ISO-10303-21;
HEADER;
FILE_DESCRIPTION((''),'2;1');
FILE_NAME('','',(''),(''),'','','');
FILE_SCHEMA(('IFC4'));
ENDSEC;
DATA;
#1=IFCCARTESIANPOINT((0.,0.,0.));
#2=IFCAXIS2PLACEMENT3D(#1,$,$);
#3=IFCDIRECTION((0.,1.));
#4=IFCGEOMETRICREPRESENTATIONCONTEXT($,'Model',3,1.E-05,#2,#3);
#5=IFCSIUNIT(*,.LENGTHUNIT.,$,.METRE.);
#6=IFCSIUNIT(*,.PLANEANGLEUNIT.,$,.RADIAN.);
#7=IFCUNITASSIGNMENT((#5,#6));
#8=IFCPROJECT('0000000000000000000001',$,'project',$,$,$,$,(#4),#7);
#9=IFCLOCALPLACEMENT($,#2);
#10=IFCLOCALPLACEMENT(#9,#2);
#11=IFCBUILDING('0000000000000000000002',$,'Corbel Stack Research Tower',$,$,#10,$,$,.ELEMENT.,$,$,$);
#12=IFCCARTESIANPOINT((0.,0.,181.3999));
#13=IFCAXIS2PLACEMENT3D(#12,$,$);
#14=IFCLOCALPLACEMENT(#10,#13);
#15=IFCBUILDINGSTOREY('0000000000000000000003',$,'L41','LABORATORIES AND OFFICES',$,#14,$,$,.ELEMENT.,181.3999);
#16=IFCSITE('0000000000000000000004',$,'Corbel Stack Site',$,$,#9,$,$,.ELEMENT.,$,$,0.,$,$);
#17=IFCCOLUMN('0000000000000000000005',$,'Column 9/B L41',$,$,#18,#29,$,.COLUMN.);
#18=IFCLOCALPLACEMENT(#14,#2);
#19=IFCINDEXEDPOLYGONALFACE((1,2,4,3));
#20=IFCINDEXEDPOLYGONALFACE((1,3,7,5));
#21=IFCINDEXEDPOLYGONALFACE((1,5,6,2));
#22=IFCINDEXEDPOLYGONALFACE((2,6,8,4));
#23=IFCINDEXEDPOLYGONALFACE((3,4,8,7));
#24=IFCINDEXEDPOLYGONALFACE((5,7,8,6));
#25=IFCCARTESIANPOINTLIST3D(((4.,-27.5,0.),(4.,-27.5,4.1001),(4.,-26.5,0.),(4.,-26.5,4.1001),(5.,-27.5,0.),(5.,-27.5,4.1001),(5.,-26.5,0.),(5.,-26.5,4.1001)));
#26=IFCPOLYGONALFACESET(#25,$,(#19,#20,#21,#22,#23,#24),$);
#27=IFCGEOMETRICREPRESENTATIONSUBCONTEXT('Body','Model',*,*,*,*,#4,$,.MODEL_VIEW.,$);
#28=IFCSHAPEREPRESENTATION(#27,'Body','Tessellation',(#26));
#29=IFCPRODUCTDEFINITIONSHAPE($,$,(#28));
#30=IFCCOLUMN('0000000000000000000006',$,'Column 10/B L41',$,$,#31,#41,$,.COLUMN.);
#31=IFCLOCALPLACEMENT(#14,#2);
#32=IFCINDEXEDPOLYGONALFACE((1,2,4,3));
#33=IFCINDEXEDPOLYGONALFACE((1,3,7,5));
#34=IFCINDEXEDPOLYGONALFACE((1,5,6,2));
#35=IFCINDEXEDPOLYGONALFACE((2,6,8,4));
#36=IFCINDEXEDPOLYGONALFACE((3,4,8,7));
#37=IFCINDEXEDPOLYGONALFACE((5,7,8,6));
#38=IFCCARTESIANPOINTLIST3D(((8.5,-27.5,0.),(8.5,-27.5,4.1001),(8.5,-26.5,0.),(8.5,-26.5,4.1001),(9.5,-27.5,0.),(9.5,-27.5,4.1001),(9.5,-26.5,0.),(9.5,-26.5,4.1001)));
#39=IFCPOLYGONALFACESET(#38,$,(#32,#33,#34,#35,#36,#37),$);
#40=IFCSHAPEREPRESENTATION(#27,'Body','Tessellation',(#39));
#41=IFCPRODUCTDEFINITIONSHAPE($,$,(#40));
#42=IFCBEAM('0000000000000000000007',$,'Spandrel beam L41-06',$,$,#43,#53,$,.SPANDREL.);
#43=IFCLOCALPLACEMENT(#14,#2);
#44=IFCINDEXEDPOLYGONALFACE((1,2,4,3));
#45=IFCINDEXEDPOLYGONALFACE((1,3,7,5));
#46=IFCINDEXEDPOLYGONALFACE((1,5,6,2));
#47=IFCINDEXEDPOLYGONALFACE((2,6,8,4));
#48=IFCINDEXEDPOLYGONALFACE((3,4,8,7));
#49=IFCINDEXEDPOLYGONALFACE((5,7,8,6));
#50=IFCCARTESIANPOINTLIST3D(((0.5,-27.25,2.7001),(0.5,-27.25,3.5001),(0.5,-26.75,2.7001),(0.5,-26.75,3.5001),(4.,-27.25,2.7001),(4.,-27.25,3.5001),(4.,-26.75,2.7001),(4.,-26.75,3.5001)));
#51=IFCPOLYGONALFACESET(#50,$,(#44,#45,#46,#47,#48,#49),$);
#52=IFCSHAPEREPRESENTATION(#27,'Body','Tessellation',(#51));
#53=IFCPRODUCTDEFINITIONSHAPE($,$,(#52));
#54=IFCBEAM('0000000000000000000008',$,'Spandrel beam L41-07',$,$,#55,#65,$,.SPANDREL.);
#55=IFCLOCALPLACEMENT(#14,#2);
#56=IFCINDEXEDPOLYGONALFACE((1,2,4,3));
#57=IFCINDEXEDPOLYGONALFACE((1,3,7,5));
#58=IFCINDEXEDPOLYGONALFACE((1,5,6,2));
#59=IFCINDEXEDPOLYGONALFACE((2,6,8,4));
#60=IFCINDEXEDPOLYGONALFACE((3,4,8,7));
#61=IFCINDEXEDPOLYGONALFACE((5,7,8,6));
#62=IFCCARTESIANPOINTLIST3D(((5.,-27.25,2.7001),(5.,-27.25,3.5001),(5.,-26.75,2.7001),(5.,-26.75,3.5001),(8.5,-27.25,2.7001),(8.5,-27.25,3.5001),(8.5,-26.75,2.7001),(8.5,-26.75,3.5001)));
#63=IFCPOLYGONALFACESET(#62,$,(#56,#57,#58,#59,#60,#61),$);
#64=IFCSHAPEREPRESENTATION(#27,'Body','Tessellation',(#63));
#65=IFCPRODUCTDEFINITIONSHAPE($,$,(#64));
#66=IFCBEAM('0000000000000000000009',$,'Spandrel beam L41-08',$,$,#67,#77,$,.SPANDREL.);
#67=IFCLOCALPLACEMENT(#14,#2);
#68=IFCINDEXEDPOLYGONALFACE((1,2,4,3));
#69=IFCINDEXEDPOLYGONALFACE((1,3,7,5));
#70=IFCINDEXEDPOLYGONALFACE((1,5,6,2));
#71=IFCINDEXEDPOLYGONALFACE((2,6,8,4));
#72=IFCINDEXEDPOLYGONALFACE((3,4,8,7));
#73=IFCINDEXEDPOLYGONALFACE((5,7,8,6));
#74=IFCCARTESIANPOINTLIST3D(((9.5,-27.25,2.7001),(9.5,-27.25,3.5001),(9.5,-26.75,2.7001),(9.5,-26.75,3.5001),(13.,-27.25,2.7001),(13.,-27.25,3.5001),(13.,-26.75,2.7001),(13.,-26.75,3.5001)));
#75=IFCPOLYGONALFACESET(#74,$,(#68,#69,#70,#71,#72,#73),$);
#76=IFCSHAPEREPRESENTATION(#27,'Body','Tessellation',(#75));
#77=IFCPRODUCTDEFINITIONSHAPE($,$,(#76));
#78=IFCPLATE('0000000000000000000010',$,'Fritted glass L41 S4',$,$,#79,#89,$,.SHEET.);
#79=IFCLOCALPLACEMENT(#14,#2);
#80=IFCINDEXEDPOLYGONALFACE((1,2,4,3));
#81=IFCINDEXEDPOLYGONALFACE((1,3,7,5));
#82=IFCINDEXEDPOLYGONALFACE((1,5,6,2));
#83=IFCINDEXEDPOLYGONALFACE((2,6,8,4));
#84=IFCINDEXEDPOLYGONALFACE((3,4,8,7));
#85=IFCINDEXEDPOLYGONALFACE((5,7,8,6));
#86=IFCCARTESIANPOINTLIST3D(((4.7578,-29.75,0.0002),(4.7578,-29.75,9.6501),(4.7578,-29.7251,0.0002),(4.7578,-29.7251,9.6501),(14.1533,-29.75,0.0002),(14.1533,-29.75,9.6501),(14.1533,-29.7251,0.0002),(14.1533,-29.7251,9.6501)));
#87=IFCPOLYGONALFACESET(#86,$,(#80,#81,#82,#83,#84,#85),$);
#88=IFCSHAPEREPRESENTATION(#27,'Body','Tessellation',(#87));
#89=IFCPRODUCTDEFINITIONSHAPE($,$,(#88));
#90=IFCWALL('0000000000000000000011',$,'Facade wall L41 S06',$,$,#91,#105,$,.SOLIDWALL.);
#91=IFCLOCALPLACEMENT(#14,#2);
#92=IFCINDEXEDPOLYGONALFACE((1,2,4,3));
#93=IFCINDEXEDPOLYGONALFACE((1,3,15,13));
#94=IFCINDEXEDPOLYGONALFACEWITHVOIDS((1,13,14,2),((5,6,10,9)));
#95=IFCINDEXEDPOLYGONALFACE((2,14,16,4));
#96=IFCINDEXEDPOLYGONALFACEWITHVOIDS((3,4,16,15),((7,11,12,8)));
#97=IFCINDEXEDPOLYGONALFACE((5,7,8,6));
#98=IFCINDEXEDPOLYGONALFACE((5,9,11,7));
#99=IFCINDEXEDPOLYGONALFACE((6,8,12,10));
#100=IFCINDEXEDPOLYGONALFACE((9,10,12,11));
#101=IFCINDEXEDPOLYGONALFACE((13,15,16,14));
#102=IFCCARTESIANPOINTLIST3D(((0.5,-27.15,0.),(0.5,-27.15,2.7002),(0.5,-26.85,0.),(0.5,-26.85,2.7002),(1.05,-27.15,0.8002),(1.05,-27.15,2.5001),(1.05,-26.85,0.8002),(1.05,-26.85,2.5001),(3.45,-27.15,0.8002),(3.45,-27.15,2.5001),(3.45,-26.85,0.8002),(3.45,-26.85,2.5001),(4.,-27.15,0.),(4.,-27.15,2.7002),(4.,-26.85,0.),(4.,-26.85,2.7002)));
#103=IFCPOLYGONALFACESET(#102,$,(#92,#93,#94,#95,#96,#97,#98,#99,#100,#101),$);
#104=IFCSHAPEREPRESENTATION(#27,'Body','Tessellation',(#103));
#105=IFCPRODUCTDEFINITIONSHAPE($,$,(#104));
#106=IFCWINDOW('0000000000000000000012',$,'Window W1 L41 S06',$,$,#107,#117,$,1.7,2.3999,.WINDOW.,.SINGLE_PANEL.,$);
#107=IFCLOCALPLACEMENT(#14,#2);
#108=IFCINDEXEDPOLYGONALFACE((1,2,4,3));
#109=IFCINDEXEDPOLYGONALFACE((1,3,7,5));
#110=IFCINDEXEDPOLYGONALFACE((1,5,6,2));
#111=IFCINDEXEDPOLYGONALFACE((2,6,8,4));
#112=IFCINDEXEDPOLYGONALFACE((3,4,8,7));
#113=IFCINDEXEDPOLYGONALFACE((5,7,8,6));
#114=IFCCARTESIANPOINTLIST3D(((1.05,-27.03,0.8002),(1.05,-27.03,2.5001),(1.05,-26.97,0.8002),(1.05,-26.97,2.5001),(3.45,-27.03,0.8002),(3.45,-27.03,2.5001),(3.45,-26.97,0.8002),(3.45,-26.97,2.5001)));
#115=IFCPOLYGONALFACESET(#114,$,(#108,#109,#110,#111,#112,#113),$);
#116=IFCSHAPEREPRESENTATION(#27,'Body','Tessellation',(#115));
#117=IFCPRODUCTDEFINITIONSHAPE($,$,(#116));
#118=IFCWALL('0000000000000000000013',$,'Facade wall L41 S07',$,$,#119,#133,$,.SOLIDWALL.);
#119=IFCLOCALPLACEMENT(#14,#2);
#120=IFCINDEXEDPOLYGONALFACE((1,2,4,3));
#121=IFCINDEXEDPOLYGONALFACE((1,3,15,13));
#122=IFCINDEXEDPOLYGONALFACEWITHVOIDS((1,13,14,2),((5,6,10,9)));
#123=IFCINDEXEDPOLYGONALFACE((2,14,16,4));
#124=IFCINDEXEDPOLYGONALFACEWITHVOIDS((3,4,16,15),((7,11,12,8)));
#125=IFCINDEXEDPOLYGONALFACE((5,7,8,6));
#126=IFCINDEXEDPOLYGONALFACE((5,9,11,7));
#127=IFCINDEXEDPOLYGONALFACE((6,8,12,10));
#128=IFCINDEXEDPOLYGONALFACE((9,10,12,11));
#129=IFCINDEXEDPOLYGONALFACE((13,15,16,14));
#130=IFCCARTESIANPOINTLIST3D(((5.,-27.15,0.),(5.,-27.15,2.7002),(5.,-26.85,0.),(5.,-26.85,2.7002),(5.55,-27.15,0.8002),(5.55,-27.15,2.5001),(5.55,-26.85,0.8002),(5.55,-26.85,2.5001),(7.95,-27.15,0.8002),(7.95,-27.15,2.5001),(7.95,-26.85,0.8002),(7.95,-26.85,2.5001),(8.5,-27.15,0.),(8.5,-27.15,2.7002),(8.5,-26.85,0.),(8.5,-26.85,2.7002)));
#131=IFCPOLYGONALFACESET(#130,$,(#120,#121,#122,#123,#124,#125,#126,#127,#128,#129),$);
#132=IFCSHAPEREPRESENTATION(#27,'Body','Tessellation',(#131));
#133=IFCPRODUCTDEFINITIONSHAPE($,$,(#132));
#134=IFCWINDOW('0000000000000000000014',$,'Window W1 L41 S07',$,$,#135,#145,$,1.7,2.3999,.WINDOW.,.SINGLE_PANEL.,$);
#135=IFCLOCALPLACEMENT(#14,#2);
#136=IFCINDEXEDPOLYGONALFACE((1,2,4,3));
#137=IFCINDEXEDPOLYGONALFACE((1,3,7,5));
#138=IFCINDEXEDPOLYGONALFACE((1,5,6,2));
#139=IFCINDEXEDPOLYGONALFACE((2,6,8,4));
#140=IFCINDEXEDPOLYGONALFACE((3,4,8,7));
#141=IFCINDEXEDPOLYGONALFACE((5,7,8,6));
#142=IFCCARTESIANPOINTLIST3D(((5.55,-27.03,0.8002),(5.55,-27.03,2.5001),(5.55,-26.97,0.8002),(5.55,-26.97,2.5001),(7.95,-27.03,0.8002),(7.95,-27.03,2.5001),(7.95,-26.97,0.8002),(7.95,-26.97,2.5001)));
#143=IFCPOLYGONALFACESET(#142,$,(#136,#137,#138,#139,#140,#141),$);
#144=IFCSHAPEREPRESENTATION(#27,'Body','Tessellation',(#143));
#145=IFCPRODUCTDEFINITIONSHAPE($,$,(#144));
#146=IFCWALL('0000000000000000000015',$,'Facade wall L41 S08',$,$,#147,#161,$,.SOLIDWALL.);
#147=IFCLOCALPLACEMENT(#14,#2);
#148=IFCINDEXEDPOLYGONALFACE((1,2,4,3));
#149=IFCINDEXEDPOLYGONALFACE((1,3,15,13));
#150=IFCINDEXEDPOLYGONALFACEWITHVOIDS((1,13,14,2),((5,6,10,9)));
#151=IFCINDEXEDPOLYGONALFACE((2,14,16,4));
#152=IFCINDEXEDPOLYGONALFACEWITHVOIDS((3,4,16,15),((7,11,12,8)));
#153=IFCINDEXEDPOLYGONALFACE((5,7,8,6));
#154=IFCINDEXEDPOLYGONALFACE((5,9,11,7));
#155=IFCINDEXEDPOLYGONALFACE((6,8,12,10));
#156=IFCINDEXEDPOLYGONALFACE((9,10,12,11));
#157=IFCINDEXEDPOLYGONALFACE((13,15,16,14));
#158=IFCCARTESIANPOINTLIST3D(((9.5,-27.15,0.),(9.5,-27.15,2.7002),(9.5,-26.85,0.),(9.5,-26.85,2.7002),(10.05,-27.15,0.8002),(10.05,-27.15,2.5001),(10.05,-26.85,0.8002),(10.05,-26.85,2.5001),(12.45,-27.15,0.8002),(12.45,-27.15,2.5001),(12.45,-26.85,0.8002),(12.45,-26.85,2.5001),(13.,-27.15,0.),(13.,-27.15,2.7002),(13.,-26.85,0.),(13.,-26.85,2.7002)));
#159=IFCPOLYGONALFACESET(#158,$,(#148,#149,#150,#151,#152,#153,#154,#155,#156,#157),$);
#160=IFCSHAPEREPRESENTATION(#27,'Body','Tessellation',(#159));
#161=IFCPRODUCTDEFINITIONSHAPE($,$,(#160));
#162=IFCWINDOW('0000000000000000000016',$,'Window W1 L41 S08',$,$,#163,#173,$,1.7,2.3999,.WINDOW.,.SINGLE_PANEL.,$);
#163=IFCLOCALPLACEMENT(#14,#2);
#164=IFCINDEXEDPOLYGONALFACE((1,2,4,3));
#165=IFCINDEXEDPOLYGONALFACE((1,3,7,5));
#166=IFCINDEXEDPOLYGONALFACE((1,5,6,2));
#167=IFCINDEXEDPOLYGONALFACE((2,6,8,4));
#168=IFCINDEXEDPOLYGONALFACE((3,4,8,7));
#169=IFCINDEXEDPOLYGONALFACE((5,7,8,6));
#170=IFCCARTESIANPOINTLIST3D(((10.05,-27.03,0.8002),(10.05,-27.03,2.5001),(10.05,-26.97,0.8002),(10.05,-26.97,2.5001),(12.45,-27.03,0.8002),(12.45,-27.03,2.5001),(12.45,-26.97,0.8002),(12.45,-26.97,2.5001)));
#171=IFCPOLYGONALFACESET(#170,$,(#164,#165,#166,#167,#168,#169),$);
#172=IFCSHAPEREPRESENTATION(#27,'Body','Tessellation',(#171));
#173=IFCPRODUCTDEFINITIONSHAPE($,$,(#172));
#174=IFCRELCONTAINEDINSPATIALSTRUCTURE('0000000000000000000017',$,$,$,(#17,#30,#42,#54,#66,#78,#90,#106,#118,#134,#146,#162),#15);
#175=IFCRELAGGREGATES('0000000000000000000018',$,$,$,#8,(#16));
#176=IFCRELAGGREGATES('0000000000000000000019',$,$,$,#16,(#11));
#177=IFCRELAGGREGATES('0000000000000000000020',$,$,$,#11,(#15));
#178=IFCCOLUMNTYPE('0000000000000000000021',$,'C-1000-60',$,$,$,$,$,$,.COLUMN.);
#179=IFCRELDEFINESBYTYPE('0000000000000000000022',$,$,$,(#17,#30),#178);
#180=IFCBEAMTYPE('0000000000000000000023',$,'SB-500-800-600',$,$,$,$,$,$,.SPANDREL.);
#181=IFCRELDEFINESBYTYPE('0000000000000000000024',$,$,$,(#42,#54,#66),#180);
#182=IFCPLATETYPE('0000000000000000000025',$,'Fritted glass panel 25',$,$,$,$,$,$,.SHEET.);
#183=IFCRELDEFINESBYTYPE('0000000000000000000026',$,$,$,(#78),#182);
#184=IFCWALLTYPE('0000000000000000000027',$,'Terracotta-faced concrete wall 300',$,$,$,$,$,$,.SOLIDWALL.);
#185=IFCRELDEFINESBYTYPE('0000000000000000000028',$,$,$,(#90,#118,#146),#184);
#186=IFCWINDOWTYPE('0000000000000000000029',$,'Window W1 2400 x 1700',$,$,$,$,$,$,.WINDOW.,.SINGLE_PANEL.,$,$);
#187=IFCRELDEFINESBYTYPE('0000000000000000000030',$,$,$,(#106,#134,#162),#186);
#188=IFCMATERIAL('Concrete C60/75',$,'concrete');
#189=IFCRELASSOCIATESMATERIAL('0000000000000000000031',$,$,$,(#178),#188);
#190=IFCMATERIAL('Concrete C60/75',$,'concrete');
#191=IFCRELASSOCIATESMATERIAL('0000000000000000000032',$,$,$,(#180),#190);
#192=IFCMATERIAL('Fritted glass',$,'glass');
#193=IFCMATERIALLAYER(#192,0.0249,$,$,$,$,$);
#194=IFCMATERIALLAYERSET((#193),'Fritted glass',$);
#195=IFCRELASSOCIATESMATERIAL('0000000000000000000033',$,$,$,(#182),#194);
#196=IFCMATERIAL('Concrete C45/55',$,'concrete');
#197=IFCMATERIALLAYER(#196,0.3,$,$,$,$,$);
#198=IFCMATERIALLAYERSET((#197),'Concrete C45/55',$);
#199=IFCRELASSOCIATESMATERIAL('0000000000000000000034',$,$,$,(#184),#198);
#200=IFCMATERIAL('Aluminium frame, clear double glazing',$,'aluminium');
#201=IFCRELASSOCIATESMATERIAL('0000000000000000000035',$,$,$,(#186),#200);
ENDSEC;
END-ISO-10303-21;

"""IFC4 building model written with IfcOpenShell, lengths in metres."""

from ifc_helpers import new_model, si_unit, direction, frame, frame_2d, origin, origin_2d, place, context, subcontext, project, spatial, rectangle, extrude, material, layer, layer_set, material_profile, profile_set, type_object, element, fill, save


model = new_model("IFC4")

# Units and contexts
model_context = context("Model", 3, precision=1e-05, world=origin(), true_north=direction((0.0, 1.0)))
body_context = subcontext(model_context, "Body", "Model", "MODEL_VIEW")
ifc_project = project(units=[si_unit("LENGTHUNIT", "METRE"), si_unit("PLANEANGLEUNIT", "RADIAN")], contexts=[model_context])

# Site, building, storey
site_placement = place(None, origin())
site = spatial("IfcSite", under=ifc_project, at=site_placement, Name="Corbel Stack Site", CompositionType="ELEMENT", RefElevation=0.0)
building_placement = place(site_placement, origin())
building = spatial("IfcBuilding", under=site, at=building_placement, Name="Corbel Stack Research Tower", CompositionType="ELEMENT")
storey_placement = place(building_placement, frame((0.0, 0.0, 181.3999)))
storey = spatial("IfcBuildingStorey", under=building, at=storey_placement, Name="L41", Description="LABORATORIES AND OFFICES", CompositionType="ELEMENT", Elevation=181.3999)

# Columns
ifc_material_1 = material(Name="Concrete C60/75", Category="concrete")
ifc_material_profile_1 = material_profile(ifc_material_1, rectangle(XDim=1.0, YDim=1.0, at=origin_2d()), Name="RC 1000 x 1000")
ifc_profile_set_1 = profile_set([ifc_material_profile_1], Name="Concrete C60/75")
column_type = type_object("IfcColumnType", Name="C-1000-60", PredefinedType="COLUMN", material=ifc_profile_set_1)
for number, where, z_axis, x_axis, name in (
    (1, (4.5, -27.0, 0.0), (0.0, 0.0, 1.0), (1.0, 0.0, 0.0), "Column 9/B L41"),
    (2, (9.0, -27.0, 0.0), (0.0, 0.0, 1.0), (1.0, 0.0, 0.0), "Column 10/B L41"),
):
    element("IfcColumn", number, at=place(storey_placement, frame(where, z_axis=z_axis, x_axis=x_axis)), inside=storey, type_object=column_type, Name=name, PredefinedType="COLUMN", context=body_context, shape_type="SweptSolid", body=[
        extrude(rectangle(XDim=1.0, YDim=1.0, at=origin_2d()), origin(), (0.0, 0.0, 1.0), 4.1001),
    ])

# Beams
ifc_material_2 = material(Name="Concrete C60/75", Category="concrete")
ifc_material_profile_2 = material_profile(ifc_material_2, rectangle(XDim=0.5, YDim=0.8, at=origin_2d()), Name="RC 500 x 800")
ifc_profile_set_2 = profile_set([ifc_material_profile_2], Name="Concrete C60/75")
beam_type = type_object("IfcBeamType", Name="SB-500-800-600", PredefinedType="SPANDREL", material=ifc_profile_set_2)
for number, where, z_axis, x_axis, name in (
    (3, (0.5, -27.0, 3.1001), (1.0, 0.0, 0.0), (0.0, 1.0, 0.0), "Spandrel beam L41-06"),
    (4, (5.0, -27.0, 3.1001), (1.0, 0.0, 0.0), (0.0, 1.0, 0.0), "Spandrel beam L41-07"),
    (5, (9.5, -27.0, 3.1001), (1.0, 0.0, 0.0), (0.0, 1.0, 0.0), "Spandrel beam L41-08"),
):
    element("IfcBeam", number, at=place(storey_placement, frame(where, z_axis=z_axis, x_axis=x_axis)), inside=storey, type_object=beam_type, Name=name, PredefinedType="SPANDREL", context=body_context, shape_type="SweptSolid", body=[
        extrude(rectangle(XDim=0.5, YDim=0.8, at=origin_2d()), origin(), (0.0, 0.0, 1.0), 3.5),
    ])

# Plate
ifc_material_3 = material(Name="Fritted glass", Category="glass")
ifc_layer_1 = layer(ifc_material_3, 0.0249)
ifc_layer_set_1 = layer_set([ifc_layer_1], Name="Fritted glass")
plate_type = type_object("IfcPlateType", Name="Fritted glass panel 25", PredefinedType="SHEET", material=ifc_layer_set_1)
plate_placement = place(storey_placement, frame((9.4556, -29.7375, 0.0002), z_axis=(0.0, 0.0, 1.0), x_axis=(1.0, 0.0, 0.0)))
element("IfcPlate", 6, at=plate_placement, inside=storey, type_object=plate_type, Name="Fritted glass L41 S4", PredefinedType="SHEET", context=body_context, shape_type="SweptSolid", body=[
    extrude(rectangle(XDim=9.3955, YDim=0.0249, at=origin_2d()), origin(), (0.0, 0.0, 1.0), 9.6499),
])

# Walls, openings, windows
ifc_material_4 = material(Name="Concrete C45/55", Category="concrete")
ifc_layer_2 = layer(ifc_material_4, 0.3)
ifc_layer_set_2 = layer_set([ifc_layer_2], Name="Concrete C45/55")
wall_type = type_object("IfcWallType", Name="Terracotta-faced concrete wall 300", PredefinedType="SOLIDWALL", material=ifc_layer_set_2)
wall_1_placement = place(storey_placement, frame((4.0, -27.0, 0.0), z_axis=(0.0, 0.0, 1.0), x_axis=(-1.0, 0.0, 0.0)))
wall_1 = element("IfcWall", 7, at=wall_1_placement, inside=storey, type_object=wall_type, Name="Facade wall L41 S06", PredefinedType="SOLIDWALL", context=body_context, shape_type="SweptSolid", body=[
    extrude(rectangle(XDim=3.5, YDim=0.3, at=frame_2d((1.75, 0.0))), origin(), (0.0, 0.0, 1.0), 2.7002),
])
opening_1_placement = place(wall_1_placement, frame((0.55, 0.0, 0.8)))
opening_1 = element("IfcOpeningElement", 8, at=opening_1_placement, cuts=wall_1, PredefinedType="OPENING", context=body_context, shape_type="SweptSolid", body=[
    extrude(rectangle(XDim=2.3999, YDim=1.7, at=frame_2d((1.2, 0.8501))), frame((0.0, 0.1599, 0.0), z_axis=(0.0, -1.0, 0.0), x_axis=(1.0, 0.0, 0.0)), (0.0, 0.0, 1.0), 0.3201),
])
ifc_material_5 = material(Name="Aluminium frame, clear double glazing", Category="aluminium")
window_type = type_object("IfcWindowType", Name="Window W1 2400 x 1700", PartitioningType="SINGLE_PANEL", PredefinedType="WINDOW", material=ifc_material_5)
window_1_placement = place(opening_1_placement, origin())
window_1 = element("IfcWindow", 9, at=window_1_placement, inside=storey, type_object=window_type, Name="Window W1 L41 S06", OverallHeight=1.7, OverallWidth=2.3999, PartitioningType="SINGLE_PANEL", PredefinedType="WINDOW", context=body_context, shape_type="SweptSolid", body=[
    extrude(rectangle(XDim=2.3999, YDim=1.7, at=frame_2d((1.2, 0.8501))), frame((0.0, 0.03, 0.0), z_axis=(0.0, -1.0, 0.0), x_axis=(1.0, 0.0, 0.0)), (0.0, 0.0, 1.0), 0.0601),
])
fill(opening_1, window_1)
wall_2_placement = place(storey_placement, frame((8.5, -27.0, 0.0), z_axis=(0.0, 0.0, 1.0), x_axis=(-1.0, 0.0, 0.0)))
wall_2 = element("IfcWall", 10, at=wall_2_placement, inside=storey, type_object=wall_type, Name="Facade wall L41 S07", PredefinedType="SOLIDWALL", context=body_context, shape_type="SweptSolid", body=[
    extrude(rectangle(XDim=3.5, YDim=0.3, at=frame_2d((1.75, 0.0))), origin(), (0.0, 0.0, 1.0), 2.7002),
])
opening_2_placement = place(wall_2_placement, frame((0.55, 0.0, 0.8)))
opening_2 = element("IfcOpeningElement", 11, at=opening_2_placement, cuts=wall_2, PredefinedType="OPENING", context=body_context, shape_type="SweptSolid", body=[
    extrude(rectangle(XDim=2.3999, YDim=1.7, at=frame_2d((1.2, 0.8501))), frame((0.0, 0.1599, 0.0), z_axis=(0.0, -1.0, 0.0), x_axis=(1.0, 0.0, 0.0)), (0.0, 0.0, 1.0), 0.3201),
])
window_2_placement = place(opening_2_placement, origin())
window_2 = element("IfcWindow", 12, at=window_2_placement, inside=storey, type_object=window_type, Name="Window W1 L41 S07", OverallHeight=1.7, OverallWidth=2.3999, PartitioningType="SINGLE_PANEL", PredefinedType="WINDOW", context=body_context, shape_type="SweptSolid", body=[
    extrude(rectangle(XDim=2.3999, YDim=1.7, at=frame_2d((1.2, 0.8501))), frame((0.0, 0.03, 0.0), z_axis=(0.0, -1.0, 0.0), x_axis=(1.0, 0.0, 0.0)), (0.0, 0.0, 1.0), 0.0601),
])
fill(opening_2, window_2)
wall_3_placement = place(storey_placement, frame((13.0, -27.0, 0.0), z_axis=(0.0, 0.0, 1.0), x_axis=(-1.0, 0.0, 0.0)))
wall_3 = element("IfcWall", 13, at=wall_3_placement, inside=storey, type_object=wall_type, Name="Facade wall L41 S08", PredefinedType="SOLIDWALL", context=body_context, shape_type="SweptSolid", body=[
    extrude(rectangle(XDim=3.5, YDim=0.3, at=frame_2d((1.75, 0.0))), origin(), (0.0, 0.0, 1.0), 2.7002),
])
opening_3_placement = place(wall_3_placement, frame((0.55, 0.0, 0.8)))
opening_3 = element("IfcOpeningElement", 14, at=opening_3_placement, cuts=wall_3, PredefinedType="OPENING", context=body_context, shape_type="SweptSolid", body=[
    extrude(rectangle(XDim=2.3999, YDim=1.7, at=frame_2d((1.2, 0.8501))), frame((0.0, 0.1599, 0.0), z_axis=(0.0, -1.0, 0.0), x_axis=(1.0, 0.0, 0.0)), (0.0, 0.0, 1.0), 0.3201),
])
window_3_placement = place(opening_3_placement, origin())
window_3 = element("IfcWindow", 15, at=window_3_placement, inside=storey, type_object=window_type, Name="Window W1 L41 S08", OverallHeight=1.7, OverallWidth=2.3999, PartitioningType="SINGLE_PANEL", PredefinedType="WINDOW", context=body_context, shape_type="SweptSolid", body=[
    extrude(rectangle(XDim=2.3999, YDim=1.7, at=frame_2d((1.2, 0.8501))), frame((0.0, 0.03, 0.0), z_axis=(0.0, -1.0, 0.0), x_axis=(1.0, 0.0, 0.0)), (0.0, 0.0, 1.0), 0.0601),
])
fill(opening_3, window_3)

save(model, "model.ifc")
